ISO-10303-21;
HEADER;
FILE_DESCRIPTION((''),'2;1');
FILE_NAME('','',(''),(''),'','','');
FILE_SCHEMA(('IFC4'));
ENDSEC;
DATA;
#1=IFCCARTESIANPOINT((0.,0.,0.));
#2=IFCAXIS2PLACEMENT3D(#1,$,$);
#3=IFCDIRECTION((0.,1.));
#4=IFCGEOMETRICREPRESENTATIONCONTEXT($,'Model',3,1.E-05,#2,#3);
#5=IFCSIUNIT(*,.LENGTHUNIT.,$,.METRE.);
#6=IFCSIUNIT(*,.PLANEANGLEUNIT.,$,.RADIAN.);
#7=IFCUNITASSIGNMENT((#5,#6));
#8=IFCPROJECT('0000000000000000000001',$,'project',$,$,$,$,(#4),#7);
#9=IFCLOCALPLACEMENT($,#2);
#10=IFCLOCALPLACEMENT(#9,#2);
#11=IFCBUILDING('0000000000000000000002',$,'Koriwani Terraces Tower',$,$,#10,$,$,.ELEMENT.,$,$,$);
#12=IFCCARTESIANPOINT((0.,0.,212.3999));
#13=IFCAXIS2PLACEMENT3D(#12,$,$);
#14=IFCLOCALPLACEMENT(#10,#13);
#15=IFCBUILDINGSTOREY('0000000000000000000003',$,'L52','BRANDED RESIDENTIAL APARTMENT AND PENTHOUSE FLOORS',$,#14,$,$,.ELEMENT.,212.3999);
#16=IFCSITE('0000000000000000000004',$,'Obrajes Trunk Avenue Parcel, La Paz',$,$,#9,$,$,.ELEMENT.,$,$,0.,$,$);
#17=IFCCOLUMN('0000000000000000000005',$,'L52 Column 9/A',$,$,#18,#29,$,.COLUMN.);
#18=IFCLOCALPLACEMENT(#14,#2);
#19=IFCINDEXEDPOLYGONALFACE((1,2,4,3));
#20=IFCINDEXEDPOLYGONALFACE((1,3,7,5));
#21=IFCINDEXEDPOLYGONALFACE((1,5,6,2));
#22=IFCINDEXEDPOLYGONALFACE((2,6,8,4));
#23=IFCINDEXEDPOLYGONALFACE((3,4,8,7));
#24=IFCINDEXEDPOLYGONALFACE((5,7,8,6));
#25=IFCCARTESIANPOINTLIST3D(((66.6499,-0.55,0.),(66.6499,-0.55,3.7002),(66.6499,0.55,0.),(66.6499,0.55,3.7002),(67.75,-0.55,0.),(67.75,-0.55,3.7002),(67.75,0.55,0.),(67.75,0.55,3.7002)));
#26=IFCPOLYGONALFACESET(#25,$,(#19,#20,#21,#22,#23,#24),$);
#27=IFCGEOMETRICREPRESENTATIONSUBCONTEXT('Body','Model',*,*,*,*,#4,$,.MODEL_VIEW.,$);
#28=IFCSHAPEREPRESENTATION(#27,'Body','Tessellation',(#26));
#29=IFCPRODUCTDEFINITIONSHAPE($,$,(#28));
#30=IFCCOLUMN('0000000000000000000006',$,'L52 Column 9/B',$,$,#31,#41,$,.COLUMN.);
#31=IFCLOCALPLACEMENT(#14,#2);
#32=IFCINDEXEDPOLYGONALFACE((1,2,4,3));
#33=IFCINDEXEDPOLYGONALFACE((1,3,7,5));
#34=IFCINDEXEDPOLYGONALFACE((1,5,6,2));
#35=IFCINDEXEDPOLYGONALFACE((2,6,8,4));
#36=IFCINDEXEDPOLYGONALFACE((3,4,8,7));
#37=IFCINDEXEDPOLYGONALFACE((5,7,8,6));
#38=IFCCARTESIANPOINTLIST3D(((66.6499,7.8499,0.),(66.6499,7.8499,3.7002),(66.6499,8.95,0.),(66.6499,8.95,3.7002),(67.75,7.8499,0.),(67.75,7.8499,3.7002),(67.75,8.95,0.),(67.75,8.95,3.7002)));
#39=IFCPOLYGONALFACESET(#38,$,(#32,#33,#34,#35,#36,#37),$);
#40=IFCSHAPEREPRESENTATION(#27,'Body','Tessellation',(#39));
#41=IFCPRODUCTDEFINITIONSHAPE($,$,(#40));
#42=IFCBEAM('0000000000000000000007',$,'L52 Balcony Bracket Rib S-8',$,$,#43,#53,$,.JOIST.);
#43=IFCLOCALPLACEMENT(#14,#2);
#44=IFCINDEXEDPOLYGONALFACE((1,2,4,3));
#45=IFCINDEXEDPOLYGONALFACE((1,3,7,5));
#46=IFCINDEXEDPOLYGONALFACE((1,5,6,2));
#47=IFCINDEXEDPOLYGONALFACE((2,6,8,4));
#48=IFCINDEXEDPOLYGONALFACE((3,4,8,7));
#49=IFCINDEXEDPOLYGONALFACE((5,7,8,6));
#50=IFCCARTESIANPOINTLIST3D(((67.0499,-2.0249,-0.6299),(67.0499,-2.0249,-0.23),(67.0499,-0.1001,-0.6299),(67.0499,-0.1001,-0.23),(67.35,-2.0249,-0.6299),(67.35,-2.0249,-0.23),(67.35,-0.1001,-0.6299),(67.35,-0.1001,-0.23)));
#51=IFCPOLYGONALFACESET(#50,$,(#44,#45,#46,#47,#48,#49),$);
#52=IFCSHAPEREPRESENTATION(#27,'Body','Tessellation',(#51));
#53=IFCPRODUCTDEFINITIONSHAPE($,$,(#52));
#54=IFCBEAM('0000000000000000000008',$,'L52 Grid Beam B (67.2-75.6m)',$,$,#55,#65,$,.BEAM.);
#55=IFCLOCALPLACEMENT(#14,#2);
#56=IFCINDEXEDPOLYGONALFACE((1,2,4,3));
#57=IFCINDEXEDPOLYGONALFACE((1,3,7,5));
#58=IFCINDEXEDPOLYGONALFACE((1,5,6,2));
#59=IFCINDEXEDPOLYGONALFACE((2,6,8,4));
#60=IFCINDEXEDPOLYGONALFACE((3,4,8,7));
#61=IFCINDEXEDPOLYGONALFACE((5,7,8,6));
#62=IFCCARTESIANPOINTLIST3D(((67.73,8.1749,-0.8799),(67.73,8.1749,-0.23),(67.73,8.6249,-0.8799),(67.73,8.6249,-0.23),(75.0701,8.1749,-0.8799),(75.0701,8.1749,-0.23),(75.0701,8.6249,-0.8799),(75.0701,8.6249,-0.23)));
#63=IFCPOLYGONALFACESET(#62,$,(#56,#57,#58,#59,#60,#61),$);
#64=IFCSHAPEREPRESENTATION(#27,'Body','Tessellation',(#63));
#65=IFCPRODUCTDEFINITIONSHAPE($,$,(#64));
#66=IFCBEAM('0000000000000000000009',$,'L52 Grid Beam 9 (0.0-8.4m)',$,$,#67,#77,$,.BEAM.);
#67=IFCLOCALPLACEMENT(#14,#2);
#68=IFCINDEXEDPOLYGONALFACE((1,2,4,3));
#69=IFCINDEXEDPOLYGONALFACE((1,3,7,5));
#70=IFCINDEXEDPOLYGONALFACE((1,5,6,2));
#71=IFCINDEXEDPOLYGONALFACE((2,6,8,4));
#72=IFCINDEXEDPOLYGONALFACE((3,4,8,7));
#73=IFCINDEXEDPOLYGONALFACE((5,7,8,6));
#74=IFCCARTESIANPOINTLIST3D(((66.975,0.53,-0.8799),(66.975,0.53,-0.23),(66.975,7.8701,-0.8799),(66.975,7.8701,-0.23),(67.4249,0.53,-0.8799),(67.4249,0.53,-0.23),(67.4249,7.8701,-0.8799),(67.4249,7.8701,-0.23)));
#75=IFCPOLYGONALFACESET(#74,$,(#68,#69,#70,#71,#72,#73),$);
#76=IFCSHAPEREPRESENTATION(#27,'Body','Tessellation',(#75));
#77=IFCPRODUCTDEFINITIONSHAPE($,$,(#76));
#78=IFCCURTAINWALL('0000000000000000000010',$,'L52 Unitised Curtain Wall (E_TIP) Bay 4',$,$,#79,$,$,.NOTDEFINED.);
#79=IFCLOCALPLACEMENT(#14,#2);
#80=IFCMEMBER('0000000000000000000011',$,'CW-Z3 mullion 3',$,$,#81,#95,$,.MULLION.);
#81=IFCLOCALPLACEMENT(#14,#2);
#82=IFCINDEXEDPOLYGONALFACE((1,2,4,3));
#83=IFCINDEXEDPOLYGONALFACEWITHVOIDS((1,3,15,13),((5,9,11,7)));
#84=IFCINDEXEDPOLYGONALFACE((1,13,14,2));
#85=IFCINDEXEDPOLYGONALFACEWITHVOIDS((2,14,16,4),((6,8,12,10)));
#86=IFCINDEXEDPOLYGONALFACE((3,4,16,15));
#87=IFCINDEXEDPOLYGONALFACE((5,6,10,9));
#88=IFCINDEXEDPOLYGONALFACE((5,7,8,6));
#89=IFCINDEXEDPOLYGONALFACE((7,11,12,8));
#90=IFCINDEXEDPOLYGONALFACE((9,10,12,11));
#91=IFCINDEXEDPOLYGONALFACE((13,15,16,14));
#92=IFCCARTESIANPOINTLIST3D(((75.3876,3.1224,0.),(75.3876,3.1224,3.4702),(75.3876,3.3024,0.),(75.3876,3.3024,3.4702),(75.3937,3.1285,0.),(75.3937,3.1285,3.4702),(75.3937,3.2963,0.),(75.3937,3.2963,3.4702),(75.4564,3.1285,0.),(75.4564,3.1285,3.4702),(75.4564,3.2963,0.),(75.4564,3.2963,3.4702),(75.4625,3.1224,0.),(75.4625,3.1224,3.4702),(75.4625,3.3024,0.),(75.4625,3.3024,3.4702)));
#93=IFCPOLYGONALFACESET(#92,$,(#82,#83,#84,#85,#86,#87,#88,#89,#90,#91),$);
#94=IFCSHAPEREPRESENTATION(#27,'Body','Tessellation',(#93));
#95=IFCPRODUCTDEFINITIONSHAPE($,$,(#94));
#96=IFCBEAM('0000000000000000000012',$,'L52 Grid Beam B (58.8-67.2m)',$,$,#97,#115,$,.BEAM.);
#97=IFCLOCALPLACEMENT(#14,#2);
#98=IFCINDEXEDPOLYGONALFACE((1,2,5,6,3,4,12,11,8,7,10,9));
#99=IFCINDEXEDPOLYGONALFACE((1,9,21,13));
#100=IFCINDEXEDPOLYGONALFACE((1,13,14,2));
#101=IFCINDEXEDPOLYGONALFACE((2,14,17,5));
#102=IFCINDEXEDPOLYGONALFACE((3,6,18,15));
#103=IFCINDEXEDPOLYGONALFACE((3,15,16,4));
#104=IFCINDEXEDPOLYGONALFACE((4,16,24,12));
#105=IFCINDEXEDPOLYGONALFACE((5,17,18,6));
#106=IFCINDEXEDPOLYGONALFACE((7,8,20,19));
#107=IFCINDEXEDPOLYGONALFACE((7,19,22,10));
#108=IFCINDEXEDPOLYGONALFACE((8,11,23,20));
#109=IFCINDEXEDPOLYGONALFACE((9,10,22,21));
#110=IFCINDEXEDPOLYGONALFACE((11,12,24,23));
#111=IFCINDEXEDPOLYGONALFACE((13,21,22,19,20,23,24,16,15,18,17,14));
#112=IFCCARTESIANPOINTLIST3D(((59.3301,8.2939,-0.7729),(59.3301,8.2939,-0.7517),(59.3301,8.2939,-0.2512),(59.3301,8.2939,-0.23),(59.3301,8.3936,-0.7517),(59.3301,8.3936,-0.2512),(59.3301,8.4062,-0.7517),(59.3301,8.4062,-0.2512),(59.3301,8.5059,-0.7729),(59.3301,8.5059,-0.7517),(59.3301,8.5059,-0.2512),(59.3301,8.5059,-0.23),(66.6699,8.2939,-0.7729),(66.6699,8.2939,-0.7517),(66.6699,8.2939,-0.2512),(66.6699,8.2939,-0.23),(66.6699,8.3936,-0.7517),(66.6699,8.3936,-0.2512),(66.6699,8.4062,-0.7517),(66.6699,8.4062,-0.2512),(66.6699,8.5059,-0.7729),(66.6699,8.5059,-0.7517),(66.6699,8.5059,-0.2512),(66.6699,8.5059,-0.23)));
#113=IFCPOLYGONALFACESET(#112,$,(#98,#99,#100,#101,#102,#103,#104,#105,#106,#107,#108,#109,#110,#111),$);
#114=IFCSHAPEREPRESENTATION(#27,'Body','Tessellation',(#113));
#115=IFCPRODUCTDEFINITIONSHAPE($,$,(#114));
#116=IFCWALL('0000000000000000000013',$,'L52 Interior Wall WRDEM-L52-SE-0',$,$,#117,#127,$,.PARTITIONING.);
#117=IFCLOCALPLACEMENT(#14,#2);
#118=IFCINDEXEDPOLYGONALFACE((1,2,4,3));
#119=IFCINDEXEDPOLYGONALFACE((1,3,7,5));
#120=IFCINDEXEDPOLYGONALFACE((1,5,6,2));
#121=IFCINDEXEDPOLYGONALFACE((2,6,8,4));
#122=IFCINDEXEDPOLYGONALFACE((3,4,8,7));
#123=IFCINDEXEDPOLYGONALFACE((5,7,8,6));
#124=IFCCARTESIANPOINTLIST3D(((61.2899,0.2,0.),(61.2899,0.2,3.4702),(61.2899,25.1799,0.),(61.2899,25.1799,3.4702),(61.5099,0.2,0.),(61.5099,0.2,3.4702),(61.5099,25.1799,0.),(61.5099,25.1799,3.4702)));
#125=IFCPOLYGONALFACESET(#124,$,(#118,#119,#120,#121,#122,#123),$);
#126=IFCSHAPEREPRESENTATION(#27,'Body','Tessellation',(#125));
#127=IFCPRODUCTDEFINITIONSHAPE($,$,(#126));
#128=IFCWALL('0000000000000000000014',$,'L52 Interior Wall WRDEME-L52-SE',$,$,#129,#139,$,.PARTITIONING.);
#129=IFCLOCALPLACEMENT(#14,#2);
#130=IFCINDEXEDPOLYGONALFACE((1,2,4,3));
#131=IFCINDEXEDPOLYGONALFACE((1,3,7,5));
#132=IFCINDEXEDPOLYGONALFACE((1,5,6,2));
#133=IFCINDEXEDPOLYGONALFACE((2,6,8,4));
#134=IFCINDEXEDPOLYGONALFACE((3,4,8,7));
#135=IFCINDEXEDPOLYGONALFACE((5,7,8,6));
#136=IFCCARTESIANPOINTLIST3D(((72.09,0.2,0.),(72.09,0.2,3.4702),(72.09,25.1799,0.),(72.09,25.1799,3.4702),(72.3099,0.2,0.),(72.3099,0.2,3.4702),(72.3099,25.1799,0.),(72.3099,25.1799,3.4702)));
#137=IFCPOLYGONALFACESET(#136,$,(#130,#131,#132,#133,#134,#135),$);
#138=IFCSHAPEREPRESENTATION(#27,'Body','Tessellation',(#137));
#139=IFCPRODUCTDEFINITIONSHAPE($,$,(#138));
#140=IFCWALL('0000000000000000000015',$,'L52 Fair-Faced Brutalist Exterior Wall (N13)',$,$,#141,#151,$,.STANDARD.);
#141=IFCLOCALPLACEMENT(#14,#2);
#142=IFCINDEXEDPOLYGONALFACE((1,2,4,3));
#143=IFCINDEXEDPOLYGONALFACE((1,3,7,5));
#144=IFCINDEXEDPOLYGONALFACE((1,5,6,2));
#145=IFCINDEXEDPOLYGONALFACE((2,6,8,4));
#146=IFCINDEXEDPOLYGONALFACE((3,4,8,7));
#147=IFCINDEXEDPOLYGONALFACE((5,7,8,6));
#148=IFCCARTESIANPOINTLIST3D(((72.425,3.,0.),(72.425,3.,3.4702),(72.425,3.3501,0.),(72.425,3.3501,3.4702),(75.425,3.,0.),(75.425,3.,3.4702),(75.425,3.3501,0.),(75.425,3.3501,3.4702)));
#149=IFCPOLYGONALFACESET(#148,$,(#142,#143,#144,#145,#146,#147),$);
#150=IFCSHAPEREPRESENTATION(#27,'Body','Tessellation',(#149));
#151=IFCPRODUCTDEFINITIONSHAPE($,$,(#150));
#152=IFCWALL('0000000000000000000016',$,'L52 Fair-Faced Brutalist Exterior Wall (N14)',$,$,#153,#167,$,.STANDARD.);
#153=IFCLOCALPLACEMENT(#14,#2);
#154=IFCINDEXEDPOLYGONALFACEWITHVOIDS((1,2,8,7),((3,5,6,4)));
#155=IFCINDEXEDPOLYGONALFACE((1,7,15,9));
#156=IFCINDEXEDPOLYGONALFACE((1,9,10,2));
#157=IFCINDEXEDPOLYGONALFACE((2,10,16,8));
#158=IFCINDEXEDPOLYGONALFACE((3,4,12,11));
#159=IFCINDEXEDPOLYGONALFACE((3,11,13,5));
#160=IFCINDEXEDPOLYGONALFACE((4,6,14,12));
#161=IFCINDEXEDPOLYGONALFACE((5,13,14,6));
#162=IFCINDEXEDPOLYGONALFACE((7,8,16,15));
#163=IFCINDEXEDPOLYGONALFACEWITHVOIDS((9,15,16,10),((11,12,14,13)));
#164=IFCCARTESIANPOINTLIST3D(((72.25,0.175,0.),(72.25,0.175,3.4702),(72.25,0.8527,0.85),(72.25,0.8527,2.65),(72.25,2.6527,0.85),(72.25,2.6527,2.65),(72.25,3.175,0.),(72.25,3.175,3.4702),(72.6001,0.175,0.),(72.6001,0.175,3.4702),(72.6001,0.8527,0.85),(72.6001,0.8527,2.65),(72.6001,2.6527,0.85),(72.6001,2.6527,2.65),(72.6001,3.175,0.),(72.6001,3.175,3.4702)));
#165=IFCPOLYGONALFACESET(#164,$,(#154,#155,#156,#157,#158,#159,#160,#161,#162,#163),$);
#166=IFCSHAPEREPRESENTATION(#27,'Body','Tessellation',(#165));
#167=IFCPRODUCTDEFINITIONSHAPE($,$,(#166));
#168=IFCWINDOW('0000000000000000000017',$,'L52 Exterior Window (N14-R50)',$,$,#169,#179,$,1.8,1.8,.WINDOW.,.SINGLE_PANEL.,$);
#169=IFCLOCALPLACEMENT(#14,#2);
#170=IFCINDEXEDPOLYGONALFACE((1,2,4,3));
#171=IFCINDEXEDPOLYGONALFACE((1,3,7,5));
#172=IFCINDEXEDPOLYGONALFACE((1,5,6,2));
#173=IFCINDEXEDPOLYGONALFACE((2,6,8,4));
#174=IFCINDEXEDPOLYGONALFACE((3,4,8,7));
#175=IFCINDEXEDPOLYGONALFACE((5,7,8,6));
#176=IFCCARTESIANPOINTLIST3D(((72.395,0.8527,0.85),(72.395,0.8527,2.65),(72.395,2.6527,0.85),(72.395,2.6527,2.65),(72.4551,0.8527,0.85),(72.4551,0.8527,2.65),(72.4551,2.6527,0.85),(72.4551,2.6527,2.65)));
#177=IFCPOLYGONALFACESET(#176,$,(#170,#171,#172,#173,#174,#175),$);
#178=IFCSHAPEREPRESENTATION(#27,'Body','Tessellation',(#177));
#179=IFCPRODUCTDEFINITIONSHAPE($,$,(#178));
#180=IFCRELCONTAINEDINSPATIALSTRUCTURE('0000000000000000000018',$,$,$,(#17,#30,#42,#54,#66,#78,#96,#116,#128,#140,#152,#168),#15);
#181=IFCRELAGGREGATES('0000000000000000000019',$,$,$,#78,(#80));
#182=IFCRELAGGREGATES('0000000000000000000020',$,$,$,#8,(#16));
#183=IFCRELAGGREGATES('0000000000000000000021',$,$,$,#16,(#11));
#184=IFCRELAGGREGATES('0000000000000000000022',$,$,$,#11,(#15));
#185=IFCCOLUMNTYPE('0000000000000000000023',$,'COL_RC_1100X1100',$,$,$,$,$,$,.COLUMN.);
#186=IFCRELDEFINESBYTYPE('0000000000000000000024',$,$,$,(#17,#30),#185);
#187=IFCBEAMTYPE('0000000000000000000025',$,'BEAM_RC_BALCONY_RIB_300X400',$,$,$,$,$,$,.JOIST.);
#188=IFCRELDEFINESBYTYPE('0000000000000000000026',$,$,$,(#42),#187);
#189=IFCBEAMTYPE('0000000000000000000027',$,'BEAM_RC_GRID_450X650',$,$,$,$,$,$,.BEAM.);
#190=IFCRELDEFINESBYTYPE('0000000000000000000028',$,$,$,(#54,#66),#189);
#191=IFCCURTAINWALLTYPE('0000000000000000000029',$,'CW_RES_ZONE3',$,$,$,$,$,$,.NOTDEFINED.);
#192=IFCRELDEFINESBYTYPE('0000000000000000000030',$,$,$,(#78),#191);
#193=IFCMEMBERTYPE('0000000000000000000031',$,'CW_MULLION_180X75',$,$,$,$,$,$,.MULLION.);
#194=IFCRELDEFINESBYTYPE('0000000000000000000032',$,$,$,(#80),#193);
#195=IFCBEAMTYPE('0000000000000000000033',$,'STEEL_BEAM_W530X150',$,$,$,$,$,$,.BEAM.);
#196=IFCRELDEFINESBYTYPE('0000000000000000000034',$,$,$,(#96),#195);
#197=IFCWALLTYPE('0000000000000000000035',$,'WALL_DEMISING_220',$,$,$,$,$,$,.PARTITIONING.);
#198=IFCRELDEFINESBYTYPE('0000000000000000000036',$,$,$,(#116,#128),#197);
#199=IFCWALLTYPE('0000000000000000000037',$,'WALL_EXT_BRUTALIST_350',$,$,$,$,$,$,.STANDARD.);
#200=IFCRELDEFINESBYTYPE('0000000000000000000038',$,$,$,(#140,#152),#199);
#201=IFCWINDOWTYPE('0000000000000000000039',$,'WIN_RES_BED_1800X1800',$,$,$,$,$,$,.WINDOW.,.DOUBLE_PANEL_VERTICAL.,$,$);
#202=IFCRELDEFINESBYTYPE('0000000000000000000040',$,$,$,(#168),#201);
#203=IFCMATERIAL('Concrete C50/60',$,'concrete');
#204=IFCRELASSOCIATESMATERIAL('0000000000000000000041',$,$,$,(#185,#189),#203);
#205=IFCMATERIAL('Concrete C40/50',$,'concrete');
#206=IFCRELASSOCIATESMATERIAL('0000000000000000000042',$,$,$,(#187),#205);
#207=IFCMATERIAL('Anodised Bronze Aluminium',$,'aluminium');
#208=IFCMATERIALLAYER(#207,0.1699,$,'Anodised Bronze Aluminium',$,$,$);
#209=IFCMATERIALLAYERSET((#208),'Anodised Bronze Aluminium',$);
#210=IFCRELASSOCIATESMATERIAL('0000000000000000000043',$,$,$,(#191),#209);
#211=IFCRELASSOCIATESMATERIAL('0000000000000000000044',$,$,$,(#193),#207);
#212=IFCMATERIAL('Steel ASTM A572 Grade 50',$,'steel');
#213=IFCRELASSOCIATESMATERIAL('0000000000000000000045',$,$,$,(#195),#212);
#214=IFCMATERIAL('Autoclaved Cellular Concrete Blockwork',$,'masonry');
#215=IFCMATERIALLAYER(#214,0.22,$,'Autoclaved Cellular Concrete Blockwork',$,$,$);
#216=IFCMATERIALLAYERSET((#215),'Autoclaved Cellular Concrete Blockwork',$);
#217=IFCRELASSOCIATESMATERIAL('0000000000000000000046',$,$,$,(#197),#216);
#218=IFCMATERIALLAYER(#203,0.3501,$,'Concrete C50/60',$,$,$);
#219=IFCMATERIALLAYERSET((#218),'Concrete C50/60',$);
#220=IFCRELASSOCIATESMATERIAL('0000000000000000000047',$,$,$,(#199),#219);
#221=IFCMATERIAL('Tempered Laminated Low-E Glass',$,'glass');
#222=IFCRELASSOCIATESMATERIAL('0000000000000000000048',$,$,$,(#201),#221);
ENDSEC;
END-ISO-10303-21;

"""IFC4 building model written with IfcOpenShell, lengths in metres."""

from ifc_helpers import new_model, si_unit, direction, frame, frame_2d, origin, origin_2d, place, context, subcontext, project, spatial, rectangle, hollow_rectangle, i_section, extrude, material, layer, layer_set, material_profile, profile_set, type_object, element, fill, aggregate, save


model = new_model("IFC4")

# Units and contexts
model_context = context("Model", 3, precision=1e-05, world=origin(), true_north=direction((0.0, 1.0)))
body_context = subcontext(model_context, "Body", "Model", "MODEL_VIEW")
ifc_project = project(units=[si_unit("LENGTHUNIT", "METRE"), si_unit("PLANEANGLEUNIT", "RADIAN")], contexts=[model_context])

# Site, building, storey
site_placement = place(None, origin())
site = spatial("IfcSite", under=ifc_project, at=site_placement, Name="Obrajes Trunk Avenue Parcel, La Paz", CompositionType="ELEMENT", RefElevation=0.0)
building_placement = place(site_placement, origin())
building = spatial("IfcBuilding", under=site, at=building_placement, Name="Koriwani Terraces Tower", CompositionType="ELEMENT")
storey_placement = place(building_placement, frame((0.0, 0.0, 212.3999)))
storey = spatial("IfcBuildingStorey", under=building, at=storey_placement, Name="L52", Description="BRANDED RESIDENTIAL APARTMENT AND PENTHOUSE FLOORS", CompositionType="ELEMENT", Elevation=212.3999)

# Columns
ifc_material_1 = material(Name="Concrete C50/60", Category="concrete")
ifc_material_profile_1 = material_profile(ifc_material_1, rectangle(XDim=1.1001, YDim=1.1001, at=origin_2d()), Name="Concrete C50/60", Category="LoadBearing")
ifc_profile_set_1 = profile_set([ifc_material_profile_1], Name="Concrete C50/60")
column_type = type_object("IfcColumnType", Name="COL_RC_1100X1100", PredefinedType="COLUMN", material=ifc_profile_set_1)
for number, where, z_axis, x_axis, name in (
    (1, (67.2, 0.0, 0.0), (0.0, 0.0, 1.0), (1.0, 0.0, 0.0), "L52 Column 9/A"),
    (2, (67.2, 8.3999, 0.0), (0.0, 0.0, 1.0), (1.0, 0.0, 0.0), "L52 Column 9/B"),
):
    element("IfcColumn", number, at=place(storey_placement, frame(where, z_axis=z_axis, x_axis=x_axis)), inside=storey, type_object=column_type, Name=name, PredefinedType="COLUMN", context=body_context, shape_type="SweptSolid", body=[
        extrude(rectangle(XDim=1.1001, YDim=1.1001, at=origin_2d()), origin(), (0.0, 0.0, 1.0), 3.7002),
    ])

# Beams
ifc_material_2 = material(Name="Concrete C40/50", Category="concrete")
ifc_material_profile_2 = material_profile(ifc_material_2, rectangle(XDim=0.3, YDim=0.3999, at=origin_2d()), Name="Concrete C40/50", Category="LoadBearing")
ifc_profile_set_2 = profile_set([ifc_material_profile_2], Name="Concrete C40/50")
beam_type_1 = type_object("IfcBeamType", Name="BEAM_RC_BALCONY_RIB_300X400", PredefinedType="JOIST", material=ifc_profile_set_2)
beam_1_placement = place(storey_placement, frame((67.2, -2.0249, -0.4299), z_axis=(0.0, 1.0, 0.0), x_axis=(-1.0, 0.0, 0.0)))
element("IfcBeam", 3, at=beam_1_placement, inside=storey, type_object=beam_type_1, Name="L52 Balcony Bracket Rib S-8", PredefinedType="JOIST", context=body_context, shape_type="SweptSolid", body=[
    extrude(rectangle(XDim=0.3, YDim=0.3999, at=origin_2d()), origin(), (0.0, 0.0, 1.0), 1.9248),
])
ifc_material_profile_3 = material_profile(ifc_material_1, rectangle(XDim=0.45, YDim=0.6499, at=origin_2d()), Name="Concrete C50/60", Category="LoadBearing")
ifc_profile_set_3 = profile_set([ifc_material_profile_3], Name="Concrete C50/60")
beam_type_2 = type_object("IfcBeamType", Name="BEAM_RC_GRID_450X650", PredefinedType="BEAM", material=ifc_profile_set_3)
for number, where, z_axis, x_axis, name in (
    (4, (67.73, 8.3999, -0.5549), (1.0, 0.0, 0.0), (0.0, 1.0, 0.0), "L52 Grid Beam B (67.2-75.6m)"),
    (5, (67.2, 0.53, -0.5549), (0.0, 1.0, 0.0), (-1.0, 0.0, 0.0), "L52 Grid Beam 9 (0.0-8.4m)"),
):
    element("IfcBeam", number, at=place(storey_placement, frame(where, z_axis=z_axis, x_axis=x_axis)), inside=storey, type_object=beam_type_2, Name=name, PredefinedType="BEAM", context=body_context, shape_type="SweptSolid", body=[
        extrude(rectangle(XDim=0.45, YDim=0.6499, at=origin_2d()), origin(), (0.0, 0.0, 1.0), 7.3401),
    ])

# Curtain wall, member
ifc_material_3 = material(Name="Anodised Bronze Aluminium", Category="aluminium")
ifc_layer_1 = layer(ifc_material_3, 0.1699, Name="Anodised Bronze Aluminium")
ifc_layer_set_1 = layer_set([ifc_layer_1], Name="Anodised Bronze Aluminium")
curtain_wall_type = type_object("IfcCurtainWallType", Name="CW_RES_ZONE3", PredefinedType="NOTDEFINED", material=ifc_layer_set_1)
curtain_wall_placement = place(storey_placement, origin())
curtain_wall = element("IfcCurtainWall", 6, at=curtain_wall_placement, inside=storey, type_object=curtain_wall_type, Name="L52 Unitised Curtain Wall (E_TIP) Bay 4", PredefinedType="NOTDEFINED")
ifc_material_profile_4 = material_profile(ifc_material_3, hollow_rectangle(XDim=0.075, YDim=0.1799, WallThickness=0.0061, at=origin_2d()), Name="Anodised Bronze Aluminium", Category="LoadBearing")
ifc_profile_set_4 = profile_set([ifc_material_profile_4], Name="Anodised Bronze Aluminium")
member_type = type_object("IfcMemberType", Name="CW_MULLION_180X75", PredefinedType="MULLION", material=ifc_profile_set_4)
member_placement = place(storey_placement, frame((75.425, 3.2124, 0.0), z_axis=(0.0, 0.0, 1.0), x_axis=(1.0, 0.0, 0.0)))
member = element("IfcMember", 7, at=member_placement, type_object=member_type, Name="CW-Z3 mullion 3", PredefinedType="MULLION", context=body_context, shape_type="SweptSolid", body=[
    extrude(hollow_rectangle(XDim=0.075, YDim=0.1799, WallThickness=0.0061, at=origin_2d()), origin(), (0.0, 0.0, 1.0), 3.4702),
])
aggregate(curtain_wall, [member])

# Beam
ifc_material_4 = material(Name="Steel ASTM A572 Grade 50", Category="steel")
ifc_material_profile_5 = material_profile(ifc_material_4, i_section(OverallWidth=0.2119, OverallDepth=0.543, WebThickness=0.0127, FlangeThickness=0.0212, at=origin_2d()), Name="Steel ASTM A572 Grade 50", Category="LoadBearing")
ifc_profile_set_5 = profile_set([ifc_material_profile_5], Name="Steel ASTM A572 Grade 50")
beam_type_3 = type_object("IfcBeamType", Name="STEEL_BEAM_W530X150", PredefinedType="BEAM", material=ifc_profile_set_5)
beam_2_placement = place(storey_placement, frame((59.3301, 8.3999, -0.5015), z_axis=(1.0, 0.0, 0.0), x_axis=(0.0, 1.0, 0.0)))
element("IfcBeam", 8, at=beam_2_placement, inside=storey, type_object=beam_type_3, Name="L52 Grid Beam B (58.8-67.2m)", PredefinedType="BEAM", context=body_context, shape_type="SweptSolid", body=[
    extrude(i_section(OverallWidth=0.2119, OverallDepth=0.543, WebThickness=0.0127, FlangeThickness=0.0212, at=origin_2d()), origin(), (0.0, 0.0, 1.0), 7.3398),
])

# Walls
ifc_material_5 = material(Name="Autoclaved Cellular Concrete Blockwork", Category="masonry")
ifc_layer_2 = layer(ifc_material_5, 0.22, Name="Autoclaved Cellular Concrete Blockwork")
ifc_layer_set_2 = layer_set([ifc_layer_2], Name="Autoclaved Cellular Concrete Blockwork")
wall_type_1 = type_object("IfcWallType", Name="WALL_DEMISING_220", PredefinedType="PARTITIONING", material=ifc_layer_set_2)
for number, where, z_axis, x_axis, name in (
    (9, (61.3999, 0.2, 0.0), (0.0, 0.0, 1.0), (0.0, 1.0, 0.0), "L52 Interior Wall WRDEM-L52-SE-0"),
    (10, (72.2, 0.2, 0.0), (0.0, 0.0, 1.0), (0.0, 1.0, 0.0), "L52 Interior Wall WRDEME-L52-SE"),
):
    element("IfcWall", number, at=place(storey_placement, frame(where, z_axis=z_axis, x_axis=x_axis)), inside=storey, type_object=wall_type_1, Name=name, PredefinedType="PARTITIONING", context=body_context, shape_type="SweptSolid", body=[
        extrude(rectangle(XDim=24.98, YDim=0.22, at=frame_2d((12.49, 0.0))), origin(), (0.0, 0.0, 1.0), 3.4702),
    ])
ifc_layer_3 = layer(ifc_material_1, 0.3501, Name="Concrete C50/60")
ifc_layer_set_3 = layer_set([ifc_layer_3], Name="Concrete C50/60")
wall_type_2 = type_object("IfcWallType", Name="WALL_EXT_BRUTALIST_350", PredefinedType="STANDARD", material=ifc_layer_set_3)
wall_1_placement = place(storey_placement, frame((75.425, 3.175, 0.0), z_axis=(0.0, 0.0, 1.0), x_axis=(-1.0, 0.0, 0.0)))
element("IfcWall", 11, at=wall_1_placement, inside=storey, type_object=wall_type_2, Name="L52 Fair-Faced Brutalist Exterior Wall (N13)", PredefinedType="STANDARD", context=body_context, shape_type="SweptSolid", body=[
    extrude(rectangle(XDim=3.0, YDim=0.3501, at=frame_2d((1.5, 0.0))), origin(), (0.0, 0.0, 1.0), 3.4702),
])

# Wall, opening, window
wall_2_placement = place(storey_placement, frame((72.425, 3.175, 0.0), z_axis=(0.0, 0.0, 1.0), x_axis=(0.0, -1.0, 0.0)))
wall_2 = element("IfcWall", 12, at=wall_2_placement, inside=storey, type_object=wall_type_2, Name="L52 Fair-Faced Brutalist Exterior Wall (N14)", PredefinedType="STANDARD", context=body_context, shape_type="SweptSolid", body=[
    extrude(rectangle(XDim=3.0, YDim=0.3501, at=frame_2d((1.5, 0.0))), origin(), (0.0, 0.0, 1.0), 3.4702),
])
opening_1_placement = place(wall_2_placement, frame((0.5225, 0.0, 0.8501)))
opening_1 = element("IfcOpeningElement", 13, at=opening_1_placement, cuts=wall_2, PredefinedType="OPENING", context=body_context, shape_type="SweptSolid", body=[
    extrude(rectangle(XDim=1.8, YDim=1.8, at=frame_2d((0.8999, 0.8999))), frame((0.0, 0.1851, 0.0), z_axis=(0.0, -1.0, 0.0), x_axis=(1.0, 0.0, 0.0)), (0.0, 0.0, 1.0), 0.3701),
])
ifc_material_6 = material(Name="Tempered Laminated Low-E Glass", Category="glass")
window_type_1 = type_object("IfcWindowType", Name="WIN_RES_BED_1800X1800", PartitioningType="DOUBLE_PANEL_VERTICAL", PredefinedType="WINDOW", material=ifc_material_6)
window_1_placement = place(opening_1_placement, origin())
window_1 = element("IfcWindow", 14, at=window_1_placement, inside=storey, type_object=window_type_1, Name="L52 Exterior Window (N14-R50)", OverallHeight=1.8, OverallWidth=1.8, PartitioningType="SINGLE_PANEL", PredefinedType="WINDOW", context=body_context, shape_type="SweptSolid", body=[
    extrude(rectangle(XDim=1.8, YDim=1.8, at=frame_2d((0.8999, 0.8999))), frame((0.0, 0.03, 0.0), z_axis=(0.0, -1.0, 0.0), x_axis=(1.0, 0.0, 0.0)), (0.0, 0.0, 1.0), 0.0601),
])
fill(opening_1, window_1)

save(model, "model.ifc")
